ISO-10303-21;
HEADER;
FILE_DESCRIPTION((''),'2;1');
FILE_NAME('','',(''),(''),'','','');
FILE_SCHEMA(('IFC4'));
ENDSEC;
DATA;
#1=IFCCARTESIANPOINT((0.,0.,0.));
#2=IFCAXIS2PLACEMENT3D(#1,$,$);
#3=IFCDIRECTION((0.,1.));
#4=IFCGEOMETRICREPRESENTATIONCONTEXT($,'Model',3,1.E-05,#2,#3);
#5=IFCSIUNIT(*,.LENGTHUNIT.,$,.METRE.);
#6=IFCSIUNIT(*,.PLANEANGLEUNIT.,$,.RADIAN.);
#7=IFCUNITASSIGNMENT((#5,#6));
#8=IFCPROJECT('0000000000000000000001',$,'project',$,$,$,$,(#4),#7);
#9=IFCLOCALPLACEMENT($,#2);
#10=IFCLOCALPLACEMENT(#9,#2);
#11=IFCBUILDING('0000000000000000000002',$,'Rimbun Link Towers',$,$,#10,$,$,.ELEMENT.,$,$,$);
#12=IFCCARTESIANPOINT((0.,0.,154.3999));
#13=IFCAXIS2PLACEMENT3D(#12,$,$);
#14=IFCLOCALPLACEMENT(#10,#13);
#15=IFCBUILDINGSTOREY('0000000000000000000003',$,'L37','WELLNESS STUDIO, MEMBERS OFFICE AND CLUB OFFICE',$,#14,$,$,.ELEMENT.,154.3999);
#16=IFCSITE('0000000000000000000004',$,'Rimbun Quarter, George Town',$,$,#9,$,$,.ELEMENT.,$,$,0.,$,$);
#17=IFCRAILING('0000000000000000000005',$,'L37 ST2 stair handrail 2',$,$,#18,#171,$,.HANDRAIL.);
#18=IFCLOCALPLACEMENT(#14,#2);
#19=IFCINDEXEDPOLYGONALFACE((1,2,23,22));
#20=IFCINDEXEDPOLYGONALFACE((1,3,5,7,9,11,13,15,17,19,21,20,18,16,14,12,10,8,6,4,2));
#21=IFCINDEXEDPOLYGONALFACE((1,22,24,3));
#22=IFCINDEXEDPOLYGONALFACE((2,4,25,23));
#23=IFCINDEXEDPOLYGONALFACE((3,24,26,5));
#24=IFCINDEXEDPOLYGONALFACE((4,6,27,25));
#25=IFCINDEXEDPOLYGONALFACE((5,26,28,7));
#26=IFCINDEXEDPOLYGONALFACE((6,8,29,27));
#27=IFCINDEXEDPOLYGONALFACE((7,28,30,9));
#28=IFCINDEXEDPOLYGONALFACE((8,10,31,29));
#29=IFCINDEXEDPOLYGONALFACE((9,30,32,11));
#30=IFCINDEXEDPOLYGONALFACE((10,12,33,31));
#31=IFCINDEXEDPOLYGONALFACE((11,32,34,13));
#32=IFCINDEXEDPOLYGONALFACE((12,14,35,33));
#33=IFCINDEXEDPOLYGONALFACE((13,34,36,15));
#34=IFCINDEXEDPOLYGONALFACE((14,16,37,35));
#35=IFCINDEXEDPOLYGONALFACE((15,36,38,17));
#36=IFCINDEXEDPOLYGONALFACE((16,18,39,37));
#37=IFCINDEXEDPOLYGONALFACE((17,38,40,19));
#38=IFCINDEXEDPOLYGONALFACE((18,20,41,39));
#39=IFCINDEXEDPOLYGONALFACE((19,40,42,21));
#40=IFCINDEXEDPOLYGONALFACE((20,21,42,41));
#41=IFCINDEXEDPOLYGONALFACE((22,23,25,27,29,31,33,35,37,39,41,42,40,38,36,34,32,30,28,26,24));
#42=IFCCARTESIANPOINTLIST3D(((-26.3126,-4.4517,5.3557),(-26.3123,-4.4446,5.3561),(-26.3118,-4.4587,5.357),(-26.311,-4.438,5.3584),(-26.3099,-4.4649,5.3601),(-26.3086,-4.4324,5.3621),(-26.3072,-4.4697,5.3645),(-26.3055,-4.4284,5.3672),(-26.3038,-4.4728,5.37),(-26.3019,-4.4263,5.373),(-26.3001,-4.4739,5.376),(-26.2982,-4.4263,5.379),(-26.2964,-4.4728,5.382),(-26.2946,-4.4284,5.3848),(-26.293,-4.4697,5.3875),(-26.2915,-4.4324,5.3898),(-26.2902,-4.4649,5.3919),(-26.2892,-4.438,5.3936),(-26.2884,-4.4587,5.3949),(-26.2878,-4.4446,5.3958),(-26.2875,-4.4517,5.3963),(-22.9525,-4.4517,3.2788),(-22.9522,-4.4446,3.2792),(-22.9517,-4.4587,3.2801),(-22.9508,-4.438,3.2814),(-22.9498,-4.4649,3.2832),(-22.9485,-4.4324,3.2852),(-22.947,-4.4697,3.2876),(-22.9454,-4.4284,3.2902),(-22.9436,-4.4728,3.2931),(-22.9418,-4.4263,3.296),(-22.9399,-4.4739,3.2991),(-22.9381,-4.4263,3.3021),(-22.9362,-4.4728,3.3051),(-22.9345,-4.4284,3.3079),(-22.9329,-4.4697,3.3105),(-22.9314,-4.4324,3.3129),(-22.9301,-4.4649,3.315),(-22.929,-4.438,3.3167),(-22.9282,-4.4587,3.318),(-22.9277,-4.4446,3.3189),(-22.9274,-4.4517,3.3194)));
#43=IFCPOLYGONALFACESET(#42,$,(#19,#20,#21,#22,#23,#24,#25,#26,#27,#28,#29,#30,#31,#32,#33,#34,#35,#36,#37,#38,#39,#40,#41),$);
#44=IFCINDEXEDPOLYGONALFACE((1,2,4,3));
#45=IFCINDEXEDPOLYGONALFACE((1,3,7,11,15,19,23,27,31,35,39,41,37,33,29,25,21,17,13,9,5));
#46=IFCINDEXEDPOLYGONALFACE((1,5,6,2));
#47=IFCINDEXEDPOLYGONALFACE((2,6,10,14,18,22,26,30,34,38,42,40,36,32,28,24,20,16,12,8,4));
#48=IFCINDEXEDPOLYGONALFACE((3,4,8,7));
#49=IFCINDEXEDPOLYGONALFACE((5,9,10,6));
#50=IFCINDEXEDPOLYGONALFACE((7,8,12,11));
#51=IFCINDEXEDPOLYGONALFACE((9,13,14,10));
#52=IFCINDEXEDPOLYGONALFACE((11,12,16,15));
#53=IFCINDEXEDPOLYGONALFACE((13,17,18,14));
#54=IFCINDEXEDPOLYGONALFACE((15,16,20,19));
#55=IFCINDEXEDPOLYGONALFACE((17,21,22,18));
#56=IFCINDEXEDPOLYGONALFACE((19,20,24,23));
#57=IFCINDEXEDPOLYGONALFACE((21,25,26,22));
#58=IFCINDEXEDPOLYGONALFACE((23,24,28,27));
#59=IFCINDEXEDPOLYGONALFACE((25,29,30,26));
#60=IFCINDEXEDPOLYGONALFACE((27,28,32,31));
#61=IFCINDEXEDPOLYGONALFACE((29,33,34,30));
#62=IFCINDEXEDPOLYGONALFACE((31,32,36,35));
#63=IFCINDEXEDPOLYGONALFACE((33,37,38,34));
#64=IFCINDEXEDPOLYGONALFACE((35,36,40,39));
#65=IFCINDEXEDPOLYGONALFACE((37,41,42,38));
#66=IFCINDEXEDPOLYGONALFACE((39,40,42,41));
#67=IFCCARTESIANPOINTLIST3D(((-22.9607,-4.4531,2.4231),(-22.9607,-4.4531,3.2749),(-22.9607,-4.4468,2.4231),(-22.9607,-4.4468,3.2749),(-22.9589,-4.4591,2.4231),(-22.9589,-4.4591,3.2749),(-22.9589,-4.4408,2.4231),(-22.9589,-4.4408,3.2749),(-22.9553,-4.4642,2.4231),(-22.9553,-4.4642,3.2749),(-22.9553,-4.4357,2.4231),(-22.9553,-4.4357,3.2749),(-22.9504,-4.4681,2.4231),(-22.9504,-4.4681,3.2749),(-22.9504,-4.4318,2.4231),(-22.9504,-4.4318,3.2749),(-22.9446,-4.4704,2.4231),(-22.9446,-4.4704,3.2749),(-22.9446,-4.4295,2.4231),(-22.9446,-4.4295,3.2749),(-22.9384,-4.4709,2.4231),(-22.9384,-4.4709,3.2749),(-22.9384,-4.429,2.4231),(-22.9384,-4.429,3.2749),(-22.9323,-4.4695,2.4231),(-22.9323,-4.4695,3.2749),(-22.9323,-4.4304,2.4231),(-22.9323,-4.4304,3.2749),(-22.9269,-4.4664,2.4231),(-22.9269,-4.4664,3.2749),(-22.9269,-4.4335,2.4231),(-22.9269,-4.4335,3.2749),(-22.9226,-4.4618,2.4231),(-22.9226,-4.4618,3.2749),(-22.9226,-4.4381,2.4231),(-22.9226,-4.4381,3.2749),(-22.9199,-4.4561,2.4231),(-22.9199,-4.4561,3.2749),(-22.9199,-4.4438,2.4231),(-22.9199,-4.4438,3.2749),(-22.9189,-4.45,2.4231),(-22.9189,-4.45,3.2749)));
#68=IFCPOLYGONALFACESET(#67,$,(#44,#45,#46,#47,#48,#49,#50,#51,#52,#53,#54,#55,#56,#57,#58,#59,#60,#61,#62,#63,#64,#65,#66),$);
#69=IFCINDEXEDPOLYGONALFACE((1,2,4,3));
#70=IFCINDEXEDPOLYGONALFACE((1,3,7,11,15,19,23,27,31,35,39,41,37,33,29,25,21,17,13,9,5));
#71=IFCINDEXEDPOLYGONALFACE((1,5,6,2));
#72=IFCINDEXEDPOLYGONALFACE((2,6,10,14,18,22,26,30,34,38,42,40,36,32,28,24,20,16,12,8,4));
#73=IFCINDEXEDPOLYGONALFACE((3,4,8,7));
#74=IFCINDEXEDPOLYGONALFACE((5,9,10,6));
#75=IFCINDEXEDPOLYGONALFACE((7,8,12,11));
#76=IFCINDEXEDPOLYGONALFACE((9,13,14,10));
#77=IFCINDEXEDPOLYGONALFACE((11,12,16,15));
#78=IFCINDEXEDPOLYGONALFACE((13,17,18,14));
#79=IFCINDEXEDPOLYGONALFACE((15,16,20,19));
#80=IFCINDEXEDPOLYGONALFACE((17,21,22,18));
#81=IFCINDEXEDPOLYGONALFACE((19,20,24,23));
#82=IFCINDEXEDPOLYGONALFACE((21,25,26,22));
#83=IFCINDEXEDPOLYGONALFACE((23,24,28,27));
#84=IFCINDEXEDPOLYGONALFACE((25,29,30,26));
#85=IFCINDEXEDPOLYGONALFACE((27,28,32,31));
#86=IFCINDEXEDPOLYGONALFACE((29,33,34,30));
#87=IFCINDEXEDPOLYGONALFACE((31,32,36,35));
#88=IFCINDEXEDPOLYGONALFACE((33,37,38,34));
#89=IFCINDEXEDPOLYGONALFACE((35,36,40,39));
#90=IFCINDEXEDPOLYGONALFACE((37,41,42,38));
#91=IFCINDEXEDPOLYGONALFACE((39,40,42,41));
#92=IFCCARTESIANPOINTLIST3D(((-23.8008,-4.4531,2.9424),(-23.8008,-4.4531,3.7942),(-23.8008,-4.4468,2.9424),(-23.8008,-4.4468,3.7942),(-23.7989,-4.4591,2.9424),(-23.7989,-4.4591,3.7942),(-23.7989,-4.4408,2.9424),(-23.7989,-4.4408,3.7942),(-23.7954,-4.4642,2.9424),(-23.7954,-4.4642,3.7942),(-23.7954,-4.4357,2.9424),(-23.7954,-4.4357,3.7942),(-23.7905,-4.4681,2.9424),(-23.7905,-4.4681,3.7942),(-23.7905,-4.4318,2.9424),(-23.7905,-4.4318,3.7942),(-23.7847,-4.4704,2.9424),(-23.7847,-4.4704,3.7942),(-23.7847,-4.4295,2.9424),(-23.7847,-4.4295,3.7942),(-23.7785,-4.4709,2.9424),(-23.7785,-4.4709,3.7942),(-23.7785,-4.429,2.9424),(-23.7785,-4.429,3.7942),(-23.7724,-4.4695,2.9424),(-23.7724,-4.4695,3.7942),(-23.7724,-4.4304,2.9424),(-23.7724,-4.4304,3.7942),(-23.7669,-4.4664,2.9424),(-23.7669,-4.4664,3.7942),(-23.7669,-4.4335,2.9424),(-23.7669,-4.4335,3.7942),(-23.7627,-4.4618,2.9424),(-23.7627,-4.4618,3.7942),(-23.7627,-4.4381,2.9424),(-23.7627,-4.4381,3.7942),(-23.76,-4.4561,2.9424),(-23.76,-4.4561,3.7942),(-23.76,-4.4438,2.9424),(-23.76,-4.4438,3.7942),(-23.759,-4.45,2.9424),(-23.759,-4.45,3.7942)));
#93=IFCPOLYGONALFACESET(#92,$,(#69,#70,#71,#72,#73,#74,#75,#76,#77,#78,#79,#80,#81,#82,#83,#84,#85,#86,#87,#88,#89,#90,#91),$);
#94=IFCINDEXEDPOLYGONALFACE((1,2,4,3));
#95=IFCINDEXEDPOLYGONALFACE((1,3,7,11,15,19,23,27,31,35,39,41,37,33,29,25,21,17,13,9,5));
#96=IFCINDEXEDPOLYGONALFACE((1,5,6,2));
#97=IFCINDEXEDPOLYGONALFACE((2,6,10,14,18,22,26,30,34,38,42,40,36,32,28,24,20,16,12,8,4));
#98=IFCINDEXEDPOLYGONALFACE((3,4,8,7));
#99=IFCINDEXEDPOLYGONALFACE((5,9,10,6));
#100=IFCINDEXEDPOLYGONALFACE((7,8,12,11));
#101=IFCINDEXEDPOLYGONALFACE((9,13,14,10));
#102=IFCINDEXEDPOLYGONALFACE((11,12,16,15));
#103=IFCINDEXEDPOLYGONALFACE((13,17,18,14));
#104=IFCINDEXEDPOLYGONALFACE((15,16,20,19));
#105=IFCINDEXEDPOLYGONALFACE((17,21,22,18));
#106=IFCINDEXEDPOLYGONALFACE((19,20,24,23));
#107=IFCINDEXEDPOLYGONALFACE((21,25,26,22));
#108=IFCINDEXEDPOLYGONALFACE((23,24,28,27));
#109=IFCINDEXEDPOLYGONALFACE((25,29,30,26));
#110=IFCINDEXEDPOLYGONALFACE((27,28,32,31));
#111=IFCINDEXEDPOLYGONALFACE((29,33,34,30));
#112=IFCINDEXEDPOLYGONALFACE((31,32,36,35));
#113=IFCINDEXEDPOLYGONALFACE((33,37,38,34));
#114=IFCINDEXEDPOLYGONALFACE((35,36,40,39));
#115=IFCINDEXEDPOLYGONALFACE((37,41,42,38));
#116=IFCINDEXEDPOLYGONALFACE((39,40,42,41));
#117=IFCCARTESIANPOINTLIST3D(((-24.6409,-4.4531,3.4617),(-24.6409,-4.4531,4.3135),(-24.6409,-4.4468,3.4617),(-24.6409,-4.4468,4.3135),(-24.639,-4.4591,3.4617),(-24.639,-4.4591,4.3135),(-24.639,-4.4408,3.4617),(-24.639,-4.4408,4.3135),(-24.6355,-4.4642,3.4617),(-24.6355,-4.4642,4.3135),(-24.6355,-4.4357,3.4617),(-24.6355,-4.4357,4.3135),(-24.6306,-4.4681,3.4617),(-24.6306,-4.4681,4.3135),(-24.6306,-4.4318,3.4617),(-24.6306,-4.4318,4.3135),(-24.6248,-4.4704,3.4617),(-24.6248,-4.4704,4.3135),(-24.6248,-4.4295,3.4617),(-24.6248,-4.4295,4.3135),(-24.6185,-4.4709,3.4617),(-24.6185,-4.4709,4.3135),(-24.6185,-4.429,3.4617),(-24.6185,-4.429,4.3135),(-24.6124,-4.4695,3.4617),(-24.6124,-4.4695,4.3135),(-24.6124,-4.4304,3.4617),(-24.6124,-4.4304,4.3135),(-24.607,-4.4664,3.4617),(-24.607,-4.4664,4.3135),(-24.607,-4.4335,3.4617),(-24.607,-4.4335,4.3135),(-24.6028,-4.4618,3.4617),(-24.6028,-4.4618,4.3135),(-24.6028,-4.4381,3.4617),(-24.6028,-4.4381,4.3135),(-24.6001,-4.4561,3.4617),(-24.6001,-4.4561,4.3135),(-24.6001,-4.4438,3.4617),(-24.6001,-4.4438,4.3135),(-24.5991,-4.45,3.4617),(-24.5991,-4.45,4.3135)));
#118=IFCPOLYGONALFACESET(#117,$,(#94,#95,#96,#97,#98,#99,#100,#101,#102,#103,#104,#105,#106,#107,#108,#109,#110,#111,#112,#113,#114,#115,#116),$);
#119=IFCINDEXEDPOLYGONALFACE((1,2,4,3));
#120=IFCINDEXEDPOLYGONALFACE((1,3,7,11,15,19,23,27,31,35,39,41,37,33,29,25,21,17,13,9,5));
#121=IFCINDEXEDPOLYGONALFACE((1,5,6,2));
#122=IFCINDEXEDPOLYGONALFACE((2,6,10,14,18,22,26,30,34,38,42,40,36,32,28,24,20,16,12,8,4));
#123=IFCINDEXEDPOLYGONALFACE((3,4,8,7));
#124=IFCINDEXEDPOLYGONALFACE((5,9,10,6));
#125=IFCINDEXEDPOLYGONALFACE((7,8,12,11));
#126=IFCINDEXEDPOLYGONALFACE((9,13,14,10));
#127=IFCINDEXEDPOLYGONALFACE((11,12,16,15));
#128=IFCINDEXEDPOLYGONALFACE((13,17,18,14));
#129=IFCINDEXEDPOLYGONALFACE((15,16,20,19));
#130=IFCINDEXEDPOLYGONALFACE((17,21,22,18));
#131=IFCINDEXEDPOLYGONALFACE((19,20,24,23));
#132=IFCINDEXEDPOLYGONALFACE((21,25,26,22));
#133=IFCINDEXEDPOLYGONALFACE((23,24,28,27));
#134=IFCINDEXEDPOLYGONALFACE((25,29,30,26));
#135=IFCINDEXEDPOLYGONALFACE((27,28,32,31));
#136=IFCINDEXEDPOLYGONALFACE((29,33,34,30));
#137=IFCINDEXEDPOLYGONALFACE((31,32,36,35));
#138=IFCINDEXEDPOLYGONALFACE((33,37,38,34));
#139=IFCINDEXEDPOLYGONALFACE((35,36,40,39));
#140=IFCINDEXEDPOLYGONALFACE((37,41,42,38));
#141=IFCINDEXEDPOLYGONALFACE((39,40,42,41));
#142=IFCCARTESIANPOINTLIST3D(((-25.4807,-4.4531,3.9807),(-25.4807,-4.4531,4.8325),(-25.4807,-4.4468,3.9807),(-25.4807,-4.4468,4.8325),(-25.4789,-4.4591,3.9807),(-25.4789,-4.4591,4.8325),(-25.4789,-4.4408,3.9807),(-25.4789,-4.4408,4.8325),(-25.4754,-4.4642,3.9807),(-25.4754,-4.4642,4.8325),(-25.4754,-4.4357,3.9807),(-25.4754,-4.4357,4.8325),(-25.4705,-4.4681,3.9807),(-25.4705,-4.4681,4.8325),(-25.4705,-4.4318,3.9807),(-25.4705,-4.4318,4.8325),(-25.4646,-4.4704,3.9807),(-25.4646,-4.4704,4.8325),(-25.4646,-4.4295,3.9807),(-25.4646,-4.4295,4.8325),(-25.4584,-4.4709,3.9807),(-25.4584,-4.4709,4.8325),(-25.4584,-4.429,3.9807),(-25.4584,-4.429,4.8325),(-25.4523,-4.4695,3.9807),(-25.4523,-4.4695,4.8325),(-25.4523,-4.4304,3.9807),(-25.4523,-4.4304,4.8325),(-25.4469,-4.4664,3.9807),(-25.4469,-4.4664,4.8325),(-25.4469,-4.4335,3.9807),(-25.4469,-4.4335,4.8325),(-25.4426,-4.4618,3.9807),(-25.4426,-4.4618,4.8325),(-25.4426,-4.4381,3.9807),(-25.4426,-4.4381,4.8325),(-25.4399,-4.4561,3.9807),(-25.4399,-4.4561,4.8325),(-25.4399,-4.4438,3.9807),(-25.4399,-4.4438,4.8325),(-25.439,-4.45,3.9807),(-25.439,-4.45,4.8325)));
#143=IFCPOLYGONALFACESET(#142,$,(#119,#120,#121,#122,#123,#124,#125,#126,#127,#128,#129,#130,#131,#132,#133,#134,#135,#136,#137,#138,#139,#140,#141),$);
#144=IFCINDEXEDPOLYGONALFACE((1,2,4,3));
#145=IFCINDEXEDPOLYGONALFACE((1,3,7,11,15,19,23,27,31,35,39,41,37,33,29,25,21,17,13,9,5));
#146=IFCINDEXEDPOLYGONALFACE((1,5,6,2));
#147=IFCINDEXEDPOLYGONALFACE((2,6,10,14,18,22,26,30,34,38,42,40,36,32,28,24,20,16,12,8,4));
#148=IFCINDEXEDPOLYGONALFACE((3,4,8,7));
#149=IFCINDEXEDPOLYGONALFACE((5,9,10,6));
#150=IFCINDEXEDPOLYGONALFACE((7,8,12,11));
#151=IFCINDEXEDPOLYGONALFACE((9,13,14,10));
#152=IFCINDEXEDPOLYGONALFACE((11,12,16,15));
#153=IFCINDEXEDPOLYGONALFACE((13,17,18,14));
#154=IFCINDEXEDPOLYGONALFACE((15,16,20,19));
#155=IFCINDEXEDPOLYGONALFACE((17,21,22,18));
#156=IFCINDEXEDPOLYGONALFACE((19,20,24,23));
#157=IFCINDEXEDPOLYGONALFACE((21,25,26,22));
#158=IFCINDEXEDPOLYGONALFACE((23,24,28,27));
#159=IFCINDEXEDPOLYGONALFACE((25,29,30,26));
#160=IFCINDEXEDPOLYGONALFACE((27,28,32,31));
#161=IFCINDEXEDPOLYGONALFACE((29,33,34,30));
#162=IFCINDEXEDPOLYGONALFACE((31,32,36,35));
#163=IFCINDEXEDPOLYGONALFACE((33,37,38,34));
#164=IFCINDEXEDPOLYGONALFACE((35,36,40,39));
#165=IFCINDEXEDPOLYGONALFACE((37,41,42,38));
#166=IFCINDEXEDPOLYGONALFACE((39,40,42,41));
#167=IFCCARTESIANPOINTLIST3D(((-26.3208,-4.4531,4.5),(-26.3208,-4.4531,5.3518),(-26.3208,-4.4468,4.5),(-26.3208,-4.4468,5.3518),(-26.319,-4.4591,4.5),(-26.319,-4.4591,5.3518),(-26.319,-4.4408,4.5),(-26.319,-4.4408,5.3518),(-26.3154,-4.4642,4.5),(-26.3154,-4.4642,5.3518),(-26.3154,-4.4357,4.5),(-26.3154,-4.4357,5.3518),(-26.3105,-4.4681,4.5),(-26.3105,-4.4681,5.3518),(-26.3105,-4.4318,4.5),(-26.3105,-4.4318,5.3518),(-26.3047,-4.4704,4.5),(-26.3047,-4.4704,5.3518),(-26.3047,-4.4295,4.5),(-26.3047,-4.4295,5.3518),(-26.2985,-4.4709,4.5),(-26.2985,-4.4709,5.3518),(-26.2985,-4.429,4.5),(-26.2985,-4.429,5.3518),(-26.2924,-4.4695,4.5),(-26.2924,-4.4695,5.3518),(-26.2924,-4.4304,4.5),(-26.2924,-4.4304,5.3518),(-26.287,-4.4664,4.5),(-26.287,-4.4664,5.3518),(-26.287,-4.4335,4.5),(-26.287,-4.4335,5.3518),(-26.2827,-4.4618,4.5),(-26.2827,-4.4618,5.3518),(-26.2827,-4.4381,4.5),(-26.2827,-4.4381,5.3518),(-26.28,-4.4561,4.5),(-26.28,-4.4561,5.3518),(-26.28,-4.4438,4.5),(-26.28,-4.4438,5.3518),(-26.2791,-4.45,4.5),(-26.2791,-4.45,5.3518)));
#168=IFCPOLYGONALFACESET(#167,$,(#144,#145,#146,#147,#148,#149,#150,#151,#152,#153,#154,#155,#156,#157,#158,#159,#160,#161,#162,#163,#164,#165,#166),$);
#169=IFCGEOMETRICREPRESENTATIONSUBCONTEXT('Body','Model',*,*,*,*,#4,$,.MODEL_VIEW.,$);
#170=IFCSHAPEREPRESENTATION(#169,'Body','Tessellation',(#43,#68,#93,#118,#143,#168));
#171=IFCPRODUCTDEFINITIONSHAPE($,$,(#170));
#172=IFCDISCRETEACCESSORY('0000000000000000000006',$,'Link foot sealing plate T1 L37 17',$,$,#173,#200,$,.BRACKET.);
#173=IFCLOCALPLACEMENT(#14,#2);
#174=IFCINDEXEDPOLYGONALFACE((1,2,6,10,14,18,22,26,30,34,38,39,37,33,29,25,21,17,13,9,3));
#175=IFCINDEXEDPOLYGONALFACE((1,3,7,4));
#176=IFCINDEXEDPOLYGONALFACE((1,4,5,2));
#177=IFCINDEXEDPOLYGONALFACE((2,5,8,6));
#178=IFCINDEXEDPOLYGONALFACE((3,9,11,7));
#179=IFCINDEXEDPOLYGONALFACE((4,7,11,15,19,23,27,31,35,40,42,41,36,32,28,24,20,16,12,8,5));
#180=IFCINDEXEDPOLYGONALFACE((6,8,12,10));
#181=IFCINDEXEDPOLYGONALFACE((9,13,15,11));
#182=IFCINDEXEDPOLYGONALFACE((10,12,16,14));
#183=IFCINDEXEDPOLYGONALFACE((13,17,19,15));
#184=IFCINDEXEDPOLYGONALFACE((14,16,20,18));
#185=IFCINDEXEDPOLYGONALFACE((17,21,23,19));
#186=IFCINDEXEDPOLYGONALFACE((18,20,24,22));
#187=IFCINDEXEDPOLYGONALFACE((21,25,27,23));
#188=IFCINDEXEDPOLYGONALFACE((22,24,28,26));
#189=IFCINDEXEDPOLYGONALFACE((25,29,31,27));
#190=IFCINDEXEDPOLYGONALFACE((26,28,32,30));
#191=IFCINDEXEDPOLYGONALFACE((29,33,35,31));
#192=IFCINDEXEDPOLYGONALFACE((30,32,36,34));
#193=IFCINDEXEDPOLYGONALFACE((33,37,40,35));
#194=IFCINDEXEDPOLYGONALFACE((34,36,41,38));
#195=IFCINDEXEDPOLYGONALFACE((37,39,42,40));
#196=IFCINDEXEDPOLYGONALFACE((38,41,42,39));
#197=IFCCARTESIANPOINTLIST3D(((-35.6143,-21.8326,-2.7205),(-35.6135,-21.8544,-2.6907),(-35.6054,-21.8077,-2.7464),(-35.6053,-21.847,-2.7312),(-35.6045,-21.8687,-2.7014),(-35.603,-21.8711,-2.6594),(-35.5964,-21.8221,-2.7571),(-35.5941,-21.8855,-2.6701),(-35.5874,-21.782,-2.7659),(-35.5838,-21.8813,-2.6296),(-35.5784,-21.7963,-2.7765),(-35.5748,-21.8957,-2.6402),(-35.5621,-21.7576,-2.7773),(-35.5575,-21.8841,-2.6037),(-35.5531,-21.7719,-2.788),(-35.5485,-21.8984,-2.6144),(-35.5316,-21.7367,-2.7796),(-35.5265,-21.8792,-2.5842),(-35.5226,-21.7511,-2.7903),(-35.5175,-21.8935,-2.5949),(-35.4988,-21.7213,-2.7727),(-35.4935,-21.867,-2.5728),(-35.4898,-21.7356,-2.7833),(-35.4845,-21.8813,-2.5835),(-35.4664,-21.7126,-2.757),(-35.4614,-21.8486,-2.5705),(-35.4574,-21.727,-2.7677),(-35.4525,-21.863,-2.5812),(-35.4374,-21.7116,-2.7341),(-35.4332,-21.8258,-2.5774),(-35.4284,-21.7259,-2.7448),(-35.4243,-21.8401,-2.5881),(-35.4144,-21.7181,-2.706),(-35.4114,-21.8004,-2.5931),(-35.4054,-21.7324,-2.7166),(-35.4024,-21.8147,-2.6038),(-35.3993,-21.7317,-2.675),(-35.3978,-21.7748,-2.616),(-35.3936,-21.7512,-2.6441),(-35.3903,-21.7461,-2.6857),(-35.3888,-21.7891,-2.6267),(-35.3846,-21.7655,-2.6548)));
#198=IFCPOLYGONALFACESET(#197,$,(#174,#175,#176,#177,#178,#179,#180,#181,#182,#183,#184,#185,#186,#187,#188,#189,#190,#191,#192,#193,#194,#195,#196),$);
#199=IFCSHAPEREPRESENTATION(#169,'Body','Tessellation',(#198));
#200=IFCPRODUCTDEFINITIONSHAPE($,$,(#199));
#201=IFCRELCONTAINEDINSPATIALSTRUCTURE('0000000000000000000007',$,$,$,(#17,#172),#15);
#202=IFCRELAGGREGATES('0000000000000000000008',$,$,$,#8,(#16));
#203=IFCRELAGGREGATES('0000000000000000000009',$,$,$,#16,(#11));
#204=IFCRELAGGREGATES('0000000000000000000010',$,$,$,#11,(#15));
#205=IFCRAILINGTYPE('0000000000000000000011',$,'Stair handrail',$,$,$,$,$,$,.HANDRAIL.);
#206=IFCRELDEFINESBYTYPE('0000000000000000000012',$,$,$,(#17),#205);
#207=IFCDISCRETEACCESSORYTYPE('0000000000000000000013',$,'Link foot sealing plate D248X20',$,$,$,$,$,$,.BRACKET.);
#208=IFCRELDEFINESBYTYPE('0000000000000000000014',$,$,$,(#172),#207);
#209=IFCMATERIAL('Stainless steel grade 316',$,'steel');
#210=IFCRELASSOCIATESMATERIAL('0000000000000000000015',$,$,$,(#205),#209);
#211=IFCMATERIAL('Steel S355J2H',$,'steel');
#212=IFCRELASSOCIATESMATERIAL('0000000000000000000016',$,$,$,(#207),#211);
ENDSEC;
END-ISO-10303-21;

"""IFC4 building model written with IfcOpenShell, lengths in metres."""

from ifc_helpers import new_model, si_unit, direction, frame, origin, origin_2d, place, context, subcontext, project, spatial, circle, extrude, material, material_profile, profile_set, type_object, element, save


model = new_model("IFC4")

# Units and contexts
model_context = context("Model", 3, precision=1e-05, world=origin(), true_north=direction((0.0, 1.0)))
body_context = subcontext(model_context, "Body", "Model", "MODEL_VIEW")
ifc_project = project(units=[si_unit("LENGTHUNIT", "METRE"), si_unit("PLANEANGLEUNIT", "RADIAN")], contexts=[model_context])

# Site, building, storey
site_placement = place(None, origin())
site = spatial("IfcSite", under=ifc_project, at=site_placement, Name="Rimbun Quarter, George Town", CompositionType="ELEMENT", RefElevation=0.0)
building_placement = place(site_placement, origin())
building = spatial("IfcBuilding", under=site, at=building_placement, Name="Rimbun Link Towers", CompositionType="ELEMENT")
storey_placement = place(building_placement, frame((0.0, 0.0, 154.3999)))
storey = spatial("IfcBuildingStorey", under=building, at=storey_placement, Name="L37", Description="WELLNESS STUDIO, MEMBERS OFFICE AND CLUB OFFICE", CompositionType="ELEMENT", Elevation=154.3999)

# Railing
ifc_material_1 = material(Name="Stainless steel grade 316", Category="steel")
railing_type_1 = type_object("IfcRailingType", Name="Stair handrail", PredefinedType="HANDRAIL", material=ifc_material_1)
railing_1_placement = place(storey_placement, frame((-22.9399, -4.45, 2.4231)))
element("IfcRailing", 1, at=railing_1_placement, inside=storey, type_object=railing_type_1, Name="L37 ST2 stair handrail 2", PredefinedType="HANDRAIL", context=body_context, shape_type="SweptSolid", body=[
    extrude(circle(Radius=0.0239, at=origin_2d()), frame((0.0, 0.0, 0.876), z_axis=(-0.850623, 0.0, 0.525776), x_axis=(0.0, -1.0, 0.0)), (0.0, 0.0, 1.0), 3.9502),
    extrude(circle(Radius=0.021, at=origin_2d()), origin(), (0.0, 0.0, 1.0), 0.8518),
    extrude(circle(Radius=0.021, at=origin_2d()), frame((-0.8401, 0.0, 0.5193)), (0.0, 0.0, 1.0), 0.8518),
    extrude(circle(Radius=0.021, at=origin_2d()), frame((-1.6802, 0.0, 1.0386)), (0.0, 0.0, 1.0), 0.8518),
    extrude(circle(Radius=0.021, at=origin_2d()), frame((-2.52, 0.0, 1.5576)), (0.0, 0.0, 1.0), 0.8518),
    extrude(circle(Radius=0.021, at=origin_2d()), frame((-3.3601, 0.0, 2.0769)), (0.0, 0.0, 1.0), 0.8518),
])

# Discrete accessory
ifc_material_2 = material(Name="Steel S355J2H", Category="steel")
ifc_material_profile_1 = material_profile(ifc_material_2, circle(Radius=0.124, at=origin_2d()), Name="PL D248")
ifc_profile_set_1 = profile_set([ifc_material_profile_1], Name="Steel S355J2H")
discrete_accessory_type = type_object("IfcDiscreteAccessoryType", Name="Link foot sealing plate D248X20", PredefinedType="BRACKET", material=ifc_profile_set_1)
for number, where, z_axis, x_axis, name in (
    (2, (-35.5044, -21.7976, -2.675), (0.449154, -0.716218, -0.534128), (0.847191, 0.531289, 0.0), "Link foot sealing plate T1 L37 17"),
):
    element("IfcDiscreteAccessory", number, at=place(storey_placement, frame(where, z_axis=z_axis, x_axis=x_axis)), inside=storey, type_object=discrete_accessory_type, Name=name, PredefinedType="BRACKET", context=body_context, shape_type="SweptSolid", body=[
        extrude(circle(Radius=0.124, at=origin_2d()), origin(), (0.0, 0.0, 1.0), 0.02),
    ])

save(model, "model.ifc")
